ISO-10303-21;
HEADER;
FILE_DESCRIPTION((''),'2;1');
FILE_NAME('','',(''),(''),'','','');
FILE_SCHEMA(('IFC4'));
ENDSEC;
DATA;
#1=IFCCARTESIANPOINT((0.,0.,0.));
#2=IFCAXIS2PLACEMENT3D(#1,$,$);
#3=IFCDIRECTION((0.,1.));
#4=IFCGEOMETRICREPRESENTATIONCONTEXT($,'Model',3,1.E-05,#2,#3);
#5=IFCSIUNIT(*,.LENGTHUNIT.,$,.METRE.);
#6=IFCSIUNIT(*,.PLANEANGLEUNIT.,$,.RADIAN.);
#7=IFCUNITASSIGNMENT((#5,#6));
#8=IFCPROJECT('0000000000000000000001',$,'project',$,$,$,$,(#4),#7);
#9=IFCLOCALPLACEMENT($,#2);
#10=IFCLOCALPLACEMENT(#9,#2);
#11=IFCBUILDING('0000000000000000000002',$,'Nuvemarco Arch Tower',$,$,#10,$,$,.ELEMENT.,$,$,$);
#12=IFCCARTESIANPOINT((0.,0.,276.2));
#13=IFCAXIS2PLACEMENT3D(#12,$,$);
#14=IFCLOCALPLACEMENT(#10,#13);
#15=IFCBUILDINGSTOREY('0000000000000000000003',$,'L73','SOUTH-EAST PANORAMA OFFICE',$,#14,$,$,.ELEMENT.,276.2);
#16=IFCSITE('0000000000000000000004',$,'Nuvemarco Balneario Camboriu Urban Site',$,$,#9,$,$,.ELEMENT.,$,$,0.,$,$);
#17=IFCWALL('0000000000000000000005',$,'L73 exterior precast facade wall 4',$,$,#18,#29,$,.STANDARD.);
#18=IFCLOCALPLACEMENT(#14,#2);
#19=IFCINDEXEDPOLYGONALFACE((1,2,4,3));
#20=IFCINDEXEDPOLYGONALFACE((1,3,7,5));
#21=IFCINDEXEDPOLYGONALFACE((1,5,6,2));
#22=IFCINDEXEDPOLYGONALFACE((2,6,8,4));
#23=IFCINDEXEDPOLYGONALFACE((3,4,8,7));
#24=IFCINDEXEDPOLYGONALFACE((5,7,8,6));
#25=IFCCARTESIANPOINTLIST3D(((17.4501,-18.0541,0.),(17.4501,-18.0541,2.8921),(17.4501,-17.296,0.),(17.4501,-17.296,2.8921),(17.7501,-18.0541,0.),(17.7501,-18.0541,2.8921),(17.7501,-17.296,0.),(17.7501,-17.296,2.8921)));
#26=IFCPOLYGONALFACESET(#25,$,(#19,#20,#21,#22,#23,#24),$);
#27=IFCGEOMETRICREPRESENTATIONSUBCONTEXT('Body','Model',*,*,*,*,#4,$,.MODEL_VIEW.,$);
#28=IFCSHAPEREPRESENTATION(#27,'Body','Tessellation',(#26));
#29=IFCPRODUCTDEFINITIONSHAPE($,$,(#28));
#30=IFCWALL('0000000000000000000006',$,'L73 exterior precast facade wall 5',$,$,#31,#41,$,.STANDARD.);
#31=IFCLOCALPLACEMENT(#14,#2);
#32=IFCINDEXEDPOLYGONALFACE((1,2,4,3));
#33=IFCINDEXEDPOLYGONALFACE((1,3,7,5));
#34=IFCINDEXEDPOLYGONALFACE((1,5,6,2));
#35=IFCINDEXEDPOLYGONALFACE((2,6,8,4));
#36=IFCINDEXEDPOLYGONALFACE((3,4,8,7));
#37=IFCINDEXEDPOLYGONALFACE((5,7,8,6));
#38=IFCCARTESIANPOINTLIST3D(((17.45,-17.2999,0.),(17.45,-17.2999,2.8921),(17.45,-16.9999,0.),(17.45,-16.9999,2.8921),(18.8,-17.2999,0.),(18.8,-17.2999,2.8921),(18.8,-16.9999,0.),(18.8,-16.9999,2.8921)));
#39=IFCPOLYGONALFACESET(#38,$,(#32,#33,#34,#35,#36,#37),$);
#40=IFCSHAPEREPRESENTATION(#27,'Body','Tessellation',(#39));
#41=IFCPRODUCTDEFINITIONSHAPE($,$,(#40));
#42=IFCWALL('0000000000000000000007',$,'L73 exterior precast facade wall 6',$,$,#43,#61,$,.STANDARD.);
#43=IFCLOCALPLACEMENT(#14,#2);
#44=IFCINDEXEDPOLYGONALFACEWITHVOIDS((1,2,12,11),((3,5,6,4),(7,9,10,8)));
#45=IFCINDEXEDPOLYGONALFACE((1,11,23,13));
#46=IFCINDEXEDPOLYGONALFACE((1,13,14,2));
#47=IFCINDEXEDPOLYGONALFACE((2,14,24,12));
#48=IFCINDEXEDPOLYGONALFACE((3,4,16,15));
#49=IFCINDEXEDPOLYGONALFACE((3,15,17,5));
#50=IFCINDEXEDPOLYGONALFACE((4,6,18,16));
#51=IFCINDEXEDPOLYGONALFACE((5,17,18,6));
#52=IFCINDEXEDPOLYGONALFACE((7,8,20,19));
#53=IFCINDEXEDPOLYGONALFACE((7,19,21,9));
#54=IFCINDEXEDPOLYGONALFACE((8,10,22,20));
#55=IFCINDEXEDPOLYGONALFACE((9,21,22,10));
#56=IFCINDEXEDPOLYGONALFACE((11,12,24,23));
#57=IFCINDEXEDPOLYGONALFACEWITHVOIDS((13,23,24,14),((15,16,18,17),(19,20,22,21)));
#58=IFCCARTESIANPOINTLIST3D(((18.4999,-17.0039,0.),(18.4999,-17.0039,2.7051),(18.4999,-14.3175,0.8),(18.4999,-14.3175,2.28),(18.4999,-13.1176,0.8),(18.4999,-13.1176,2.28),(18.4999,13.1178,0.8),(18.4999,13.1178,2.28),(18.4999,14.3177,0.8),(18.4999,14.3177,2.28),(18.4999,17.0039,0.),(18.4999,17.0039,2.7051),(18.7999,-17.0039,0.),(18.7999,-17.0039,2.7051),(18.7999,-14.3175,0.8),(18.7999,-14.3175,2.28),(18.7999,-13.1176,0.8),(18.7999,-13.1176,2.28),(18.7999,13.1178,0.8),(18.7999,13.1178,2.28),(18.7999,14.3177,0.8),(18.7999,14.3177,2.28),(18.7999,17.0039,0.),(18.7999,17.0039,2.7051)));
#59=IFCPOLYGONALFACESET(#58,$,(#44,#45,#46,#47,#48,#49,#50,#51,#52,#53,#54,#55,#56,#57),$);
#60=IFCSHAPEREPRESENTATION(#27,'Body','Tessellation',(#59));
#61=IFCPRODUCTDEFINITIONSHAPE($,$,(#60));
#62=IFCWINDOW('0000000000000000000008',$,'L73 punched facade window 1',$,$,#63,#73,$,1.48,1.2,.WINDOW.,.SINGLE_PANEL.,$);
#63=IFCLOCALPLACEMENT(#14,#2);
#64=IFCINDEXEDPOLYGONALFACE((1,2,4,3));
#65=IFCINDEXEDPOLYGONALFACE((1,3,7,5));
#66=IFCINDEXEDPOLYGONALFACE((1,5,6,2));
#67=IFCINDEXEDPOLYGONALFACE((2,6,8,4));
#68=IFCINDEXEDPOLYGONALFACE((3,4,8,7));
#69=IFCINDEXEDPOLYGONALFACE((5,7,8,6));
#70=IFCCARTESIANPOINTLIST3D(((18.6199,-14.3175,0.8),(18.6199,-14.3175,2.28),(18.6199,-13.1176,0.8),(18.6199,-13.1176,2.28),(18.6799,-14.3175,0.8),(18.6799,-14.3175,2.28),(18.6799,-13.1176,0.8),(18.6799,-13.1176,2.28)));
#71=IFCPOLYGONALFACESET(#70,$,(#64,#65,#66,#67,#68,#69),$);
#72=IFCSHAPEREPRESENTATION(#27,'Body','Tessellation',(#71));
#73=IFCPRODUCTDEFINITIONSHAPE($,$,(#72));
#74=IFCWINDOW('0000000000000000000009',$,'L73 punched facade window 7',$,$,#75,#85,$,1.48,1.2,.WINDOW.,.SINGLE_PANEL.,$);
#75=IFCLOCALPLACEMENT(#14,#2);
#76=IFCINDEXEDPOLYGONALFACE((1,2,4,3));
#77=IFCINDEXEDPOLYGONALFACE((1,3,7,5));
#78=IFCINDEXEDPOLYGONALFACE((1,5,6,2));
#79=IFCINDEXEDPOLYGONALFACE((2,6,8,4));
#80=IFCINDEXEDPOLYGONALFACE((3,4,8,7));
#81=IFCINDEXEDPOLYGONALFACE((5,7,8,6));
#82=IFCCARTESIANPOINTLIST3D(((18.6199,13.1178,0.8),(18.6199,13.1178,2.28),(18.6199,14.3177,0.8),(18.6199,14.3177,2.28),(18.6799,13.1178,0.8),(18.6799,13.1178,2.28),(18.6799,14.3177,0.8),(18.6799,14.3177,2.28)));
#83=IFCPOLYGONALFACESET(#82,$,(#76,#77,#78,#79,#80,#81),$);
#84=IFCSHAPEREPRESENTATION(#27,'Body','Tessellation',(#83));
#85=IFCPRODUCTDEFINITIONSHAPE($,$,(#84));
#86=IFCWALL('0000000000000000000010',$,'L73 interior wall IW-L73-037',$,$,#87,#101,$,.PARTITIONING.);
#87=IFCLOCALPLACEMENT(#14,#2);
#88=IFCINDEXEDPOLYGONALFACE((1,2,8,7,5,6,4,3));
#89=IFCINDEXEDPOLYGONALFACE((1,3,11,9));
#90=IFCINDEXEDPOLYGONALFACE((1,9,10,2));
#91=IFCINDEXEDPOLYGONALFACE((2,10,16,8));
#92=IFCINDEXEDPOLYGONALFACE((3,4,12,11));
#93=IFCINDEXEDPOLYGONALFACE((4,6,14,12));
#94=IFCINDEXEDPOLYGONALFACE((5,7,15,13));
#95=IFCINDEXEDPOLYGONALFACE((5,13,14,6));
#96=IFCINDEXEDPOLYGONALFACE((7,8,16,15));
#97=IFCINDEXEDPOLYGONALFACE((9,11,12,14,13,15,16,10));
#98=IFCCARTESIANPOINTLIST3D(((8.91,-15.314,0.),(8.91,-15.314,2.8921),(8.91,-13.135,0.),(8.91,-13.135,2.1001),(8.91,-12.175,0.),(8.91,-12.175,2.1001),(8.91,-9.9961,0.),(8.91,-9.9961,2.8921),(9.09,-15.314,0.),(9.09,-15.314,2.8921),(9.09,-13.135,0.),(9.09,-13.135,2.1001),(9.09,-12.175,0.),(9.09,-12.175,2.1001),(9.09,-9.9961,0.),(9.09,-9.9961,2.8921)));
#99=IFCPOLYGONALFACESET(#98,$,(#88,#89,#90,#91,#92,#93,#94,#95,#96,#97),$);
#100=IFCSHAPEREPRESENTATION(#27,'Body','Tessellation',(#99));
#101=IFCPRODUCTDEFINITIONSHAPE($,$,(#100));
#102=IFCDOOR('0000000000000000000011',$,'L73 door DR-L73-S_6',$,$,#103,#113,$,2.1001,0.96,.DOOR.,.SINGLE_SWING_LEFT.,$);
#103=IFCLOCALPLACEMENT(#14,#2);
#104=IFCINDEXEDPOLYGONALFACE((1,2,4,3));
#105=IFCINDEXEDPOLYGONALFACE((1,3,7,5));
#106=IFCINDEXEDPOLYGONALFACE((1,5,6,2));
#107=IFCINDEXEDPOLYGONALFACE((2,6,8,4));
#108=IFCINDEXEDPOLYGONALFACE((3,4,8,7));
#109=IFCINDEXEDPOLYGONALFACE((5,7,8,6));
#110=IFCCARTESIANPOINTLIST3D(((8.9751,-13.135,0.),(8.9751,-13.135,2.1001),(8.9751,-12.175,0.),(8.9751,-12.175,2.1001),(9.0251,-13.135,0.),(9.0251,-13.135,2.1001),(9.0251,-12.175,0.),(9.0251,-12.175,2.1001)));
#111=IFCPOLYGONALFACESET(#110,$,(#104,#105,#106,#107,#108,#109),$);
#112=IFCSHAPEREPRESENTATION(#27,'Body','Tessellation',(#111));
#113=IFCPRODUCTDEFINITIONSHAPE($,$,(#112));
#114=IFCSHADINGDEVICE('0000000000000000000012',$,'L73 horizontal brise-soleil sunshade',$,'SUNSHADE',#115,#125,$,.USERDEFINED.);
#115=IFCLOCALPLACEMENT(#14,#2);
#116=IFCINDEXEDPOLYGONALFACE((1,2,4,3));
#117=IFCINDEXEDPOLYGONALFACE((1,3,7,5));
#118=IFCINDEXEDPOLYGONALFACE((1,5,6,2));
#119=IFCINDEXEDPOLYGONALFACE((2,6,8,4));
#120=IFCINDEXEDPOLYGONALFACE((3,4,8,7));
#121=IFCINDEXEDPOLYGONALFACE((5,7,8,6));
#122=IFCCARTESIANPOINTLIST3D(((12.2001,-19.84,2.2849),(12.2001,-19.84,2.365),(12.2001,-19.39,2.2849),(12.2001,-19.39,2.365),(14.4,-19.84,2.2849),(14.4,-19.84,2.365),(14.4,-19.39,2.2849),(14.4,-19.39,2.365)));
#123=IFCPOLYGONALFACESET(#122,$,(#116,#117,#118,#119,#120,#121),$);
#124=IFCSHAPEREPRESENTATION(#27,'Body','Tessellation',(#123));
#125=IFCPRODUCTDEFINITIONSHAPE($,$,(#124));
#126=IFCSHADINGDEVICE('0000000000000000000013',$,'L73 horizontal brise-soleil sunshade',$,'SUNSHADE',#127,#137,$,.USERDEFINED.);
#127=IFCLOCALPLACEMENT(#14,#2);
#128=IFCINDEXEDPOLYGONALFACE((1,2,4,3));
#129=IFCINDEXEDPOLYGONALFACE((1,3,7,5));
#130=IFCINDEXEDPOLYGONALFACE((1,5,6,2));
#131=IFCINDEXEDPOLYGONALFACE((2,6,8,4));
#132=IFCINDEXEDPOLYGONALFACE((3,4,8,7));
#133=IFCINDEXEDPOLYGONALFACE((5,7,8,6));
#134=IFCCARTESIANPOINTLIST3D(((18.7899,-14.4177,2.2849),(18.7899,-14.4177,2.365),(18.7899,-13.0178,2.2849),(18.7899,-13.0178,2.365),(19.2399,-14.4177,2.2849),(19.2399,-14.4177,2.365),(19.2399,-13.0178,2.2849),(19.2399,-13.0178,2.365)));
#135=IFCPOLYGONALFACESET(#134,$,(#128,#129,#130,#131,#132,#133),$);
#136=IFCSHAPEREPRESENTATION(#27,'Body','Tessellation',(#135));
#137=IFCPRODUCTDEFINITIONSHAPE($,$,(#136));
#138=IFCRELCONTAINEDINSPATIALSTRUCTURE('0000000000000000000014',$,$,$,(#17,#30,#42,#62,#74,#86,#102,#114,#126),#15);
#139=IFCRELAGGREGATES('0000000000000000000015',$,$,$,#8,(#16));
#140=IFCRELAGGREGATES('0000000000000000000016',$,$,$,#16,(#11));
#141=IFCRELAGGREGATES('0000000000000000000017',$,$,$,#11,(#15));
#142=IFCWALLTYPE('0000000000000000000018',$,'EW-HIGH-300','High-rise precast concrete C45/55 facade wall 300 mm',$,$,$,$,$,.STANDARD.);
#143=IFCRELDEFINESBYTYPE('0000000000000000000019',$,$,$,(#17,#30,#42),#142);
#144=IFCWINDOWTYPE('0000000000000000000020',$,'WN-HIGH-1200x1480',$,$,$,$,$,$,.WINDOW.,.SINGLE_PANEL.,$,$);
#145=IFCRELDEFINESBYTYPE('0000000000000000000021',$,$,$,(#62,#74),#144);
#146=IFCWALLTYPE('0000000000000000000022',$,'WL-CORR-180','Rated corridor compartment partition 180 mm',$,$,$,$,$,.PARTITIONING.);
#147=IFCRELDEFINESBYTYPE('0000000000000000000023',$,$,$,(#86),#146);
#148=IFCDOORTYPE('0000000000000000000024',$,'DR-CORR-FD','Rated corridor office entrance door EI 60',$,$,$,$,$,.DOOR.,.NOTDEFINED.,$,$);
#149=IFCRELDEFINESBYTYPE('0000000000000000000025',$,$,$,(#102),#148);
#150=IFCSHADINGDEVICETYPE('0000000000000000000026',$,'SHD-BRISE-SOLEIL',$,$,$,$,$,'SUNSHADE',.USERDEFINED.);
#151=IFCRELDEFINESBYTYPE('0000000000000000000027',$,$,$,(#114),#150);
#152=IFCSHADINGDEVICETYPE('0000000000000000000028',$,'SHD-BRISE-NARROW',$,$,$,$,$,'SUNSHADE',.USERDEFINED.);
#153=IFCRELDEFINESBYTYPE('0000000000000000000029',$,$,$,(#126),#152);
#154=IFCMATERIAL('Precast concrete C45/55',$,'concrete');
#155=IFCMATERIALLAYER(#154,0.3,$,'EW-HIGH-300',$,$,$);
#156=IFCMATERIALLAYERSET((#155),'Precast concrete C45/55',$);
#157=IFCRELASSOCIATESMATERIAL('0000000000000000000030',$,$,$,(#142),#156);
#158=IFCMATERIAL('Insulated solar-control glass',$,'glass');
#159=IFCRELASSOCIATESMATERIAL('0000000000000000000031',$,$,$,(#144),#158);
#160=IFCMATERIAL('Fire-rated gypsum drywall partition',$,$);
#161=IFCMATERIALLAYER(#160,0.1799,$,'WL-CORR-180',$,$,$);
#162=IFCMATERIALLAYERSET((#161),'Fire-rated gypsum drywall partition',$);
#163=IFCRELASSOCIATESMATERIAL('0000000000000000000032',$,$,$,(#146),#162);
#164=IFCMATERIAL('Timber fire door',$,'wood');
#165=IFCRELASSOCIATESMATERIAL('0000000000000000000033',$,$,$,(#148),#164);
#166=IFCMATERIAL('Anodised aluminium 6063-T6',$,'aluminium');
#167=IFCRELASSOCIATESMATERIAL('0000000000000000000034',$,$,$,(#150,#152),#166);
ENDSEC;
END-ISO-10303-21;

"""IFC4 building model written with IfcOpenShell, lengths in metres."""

from ifc_helpers import new_model, si_unit, direction, frame, frame_2d, origin, origin_2d, place, context, subcontext, project, spatial, rectangle, extrude, source, transform, mapped, material, layer, layer_set, type_object, type_shapes, element, fill, save


model = new_model("IFC4")

# Units and contexts
model_context = context("Model", 3, precision=1e-05, world=origin(), true_north=direction((0.0, 1.0)))
body_context = subcontext(model_context, "Body", "Model", "MODEL_VIEW")
ifc_project = project(units=[si_unit("LENGTHUNIT", "METRE"), si_unit("PLANEANGLEUNIT", "RADIAN")], contexts=[model_context])

# Site, building, storey
site_placement = place(None, origin())
site = spatial("IfcSite", under=ifc_project, at=site_placement, Name="Nuvemarco Balneario Camboriu Urban Site", CompositionType="ELEMENT", RefElevation=0.0)
building_placement = place(site_placement, origin())
building = spatial("IfcBuilding", under=site, at=building_placement, Name="Nuvemarco Arch Tower", CompositionType="ELEMENT")
storey_placement = place(building_placement, frame((0.0, 0.0, 276.2)))
storey = spatial("IfcBuildingStorey", under=building, at=storey_placement, Name="L73", Description="SOUTH-EAST PANORAMA OFFICE", CompositionType="ELEMENT", Elevation=276.2)

# Shared definitions
ifc_material_1 = material(Name="Precast concrete C45/55", Category="concrete")

# Walls
ifc_layer_1 = layer(ifc_material_1, 0.3, Name="EW-HIGH-300")
ifc_layer_set_1 = layer_set([ifc_layer_1], Name="Precast concrete C45/55")
wall_type_1 = type_object("IfcWallType", Name="EW-HIGH-300", Description="High-rise precast concrete C45/55 facade wall 300 mm", PredefinedType="STANDARD", material=ifc_layer_set_1)
wall_1_placement = place(storey_placement, frame((17.6001, -18.054, 0.0), z_axis=(0.0, 0.0, 1.0), x_axis=(0.0, 1.0, 0.0)))
element("IfcWall", 1, at=wall_1_placement, inside=storey, type_object=wall_type_1, Name="L73 exterior precast facade wall 4", PredefinedType="STANDARD", context=body_context, shape_type="SweptSolid", body=[
    extrude(rectangle(XDim=0.7581, YDim=0.3, at=frame_2d((0.3789, 0.0))), origin(), (0.0, 0.0, 1.0), 2.8921),
])
wall_2_placement = place(storey_placement, frame((17.45, -17.1499, 0.0), z_axis=(0.0, 0.0, 1.0), x_axis=(1.0, 0.0, 0.0)))
element("IfcWall", 2, at=wall_2_placement, inside=storey, type_object=wall_type_1, Name="L73 exterior precast facade wall 5", PredefinedType="STANDARD", context=body_context, shape_type="SweptSolid", body=[
    extrude(rectangle(XDim=1.3501, YDim=0.3, at=frame_2d((0.675, 0.0))), origin(), (0.0, 0.0, 1.0), 2.8921),
])

# Wall, openings, windows
wall_3_placement = place(storey_placement, frame((18.6499, -17.0039, 0.0), z_axis=(0.0, 0.0, 1.0), x_axis=(0.0, 1.0, 0.0)))
wall_3 = element("IfcWall", 3, at=wall_3_placement, inside=storey, type_object=wall_type_1, Name="L73 exterior precast facade wall 6", PredefinedType="STANDARD", context=body_context, shape_type="SweptSolid", body=[
    extrude(rectangle(XDim=34.0078, YDim=0.3, at=frame_2d((17.0039, 0.0))), origin(), (0.0, 0.0, 1.0), 2.7051),
])
opening_1_placement = place(wall_3_placement, frame((2.6863, 0.0, 0.8)))
opening_1 = element("IfcOpeningElement", 4, at=opening_1_placement, cuts=wall_3, PredefinedType="OPENING", context=body_context, shape_type="SweptSolid", body=[
    extrude(rectangle(XDim=1.2, YDim=1.48, at=frame_2d((0.6001, 0.74))), frame((0.0, 0.1599, 0.0), z_axis=(0.0, -1.0, 0.0), x_axis=(1.0, 0.0, 0.0)), (0.0, 0.0, 1.0), 0.3201),
])
opening_2_placement = place(wall_3_placement, frame((30.1216, 0.0, 0.8)))
opening_2 = element("IfcOpeningElement", 5, at=opening_2_placement, cuts=wall_3, PredefinedType="OPENING", context=body_context, shape_type="SweptSolid", body=[
    extrude(rectangle(XDim=1.2, YDim=1.48, at=frame_2d((0.6001, 0.74))), frame((0.0, 0.1599, 0.0), z_axis=(0.0, -1.0, 0.0), x_axis=(1.0, 0.0, 0.0)), (0.0, 0.0, 1.0), 0.3201),
])
ifc_material_2 = material(Name="Insulated solar-control glass", Category="glass")
window_type = type_object("IfcWindowType", Name="WN-HIGH-1200x1480", PartitioningType="SINGLE_PANEL", PredefinedType="WINDOW", material=ifc_material_2)
shared_shape_1 = source(origin(), body_context, "Body", "SweptSolid", [
    extrude(rectangle(XDim=1.2, YDim=1.48, at=frame_2d((0.6001, 0.74))), frame((0.0, 0.03, 0.0), z_axis=(0.0, -1.0, 0.0), x_axis=(1.0, 0.0, 0.0)), (0.0, 0.0, 1.0), 0.0601),
])
type_shapes(window_type, [shared_shape_1])
window_1_placement = place(opening_1_placement, origin())
window_1 = element("IfcWindow", 6, at=window_1_placement, inside=storey, type_object=window_type, Name="L73 punched facade window 1", OverallHeight=1.48, OverallWidth=1.2, PartitioningType="SINGLE_PANEL", PredefinedType="WINDOW", context=body_context, shape_type="MappedRepresentation", body=[
    mapped(shared_shape_1, transform((0.0, 0.0, 0.0), scale=1.0)),
])
fill(opening_1, window_1)
window_2_placement = place(opening_2_placement, origin())
window_2 = element("IfcWindow", 7, at=window_2_placement, inside=storey, type_object=window_type, Name="L73 punched facade window 7", OverallHeight=1.48, OverallWidth=1.2, PartitioningType="SINGLE_PANEL", PredefinedType="WINDOW", context=body_context, shape_type="MappedRepresentation", body=[
    mapped(shared_shape_1, transform((0.0, 0.0, 0.0), scale=1.0)),
])
fill(opening_2, window_2)

# Wall, opening, door
ifc_material_3 = material(Name="Fire-rated gypsum drywall partition")
ifc_layer_2 = layer(ifc_material_3, 0.1799, Name="WL-CORR-180")
ifc_layer_set_2 = layer_set([ifc_layer_2], Name="Fire-rated gypsum drywall partition")
wall_type_2 = type_object("IfcWallType", Name="WL-CORR-180", Description="Rated corridor compartment partition 180 mm", PredefinedType="PARTITIONING", material=ifc_layer_set_2)
wall_4_placement = place(storey_placement, frame((9.0, -15.314, 0.0), z_axis=(0.0, 0.0, 1.0), x_axis=(0.0, 1.0, 0.0)))
wall_4 = element("IfcWall", 8, at=wall_4_placement, inside=storey, type_object=wall_type_2, Name="L73 interior wall IW-L73-037", PredefinedType="PARTITIONING", context=body_context, shape_type="SweptSolid", body=[
    extrude(rectangle(XDim=5.3179, YDim=0.1799, at=frame_2d((2.6589, 0.0))), origin(), (0.0, 0.0, 1.0), 2.8921),
])
opening_3_placement = place(wall_4_placement, frame((2.179, 0.0, 0.0)))
opening_3 = element("IfcOpeningElement", 9, at=opening_3_placement, cuts=wall_4, PredefinedType="OPENING", context=body_context, shape_type="SweptSolid", body=[
    extrude(rectangle(XDim=0.96, YDim=2.1001, at=frame_2d((0.48, 1.05))), frame((0.0, 0.0999, 0.0), z_axis=(0.0, -1.0, 0.0), x_axis=(1.0, 0.0, 0.0)), (0.0, 0.0, 1.0), 0.2),
])
ifc_material_4 = material(Name="Timber fire door", Category="wood")
door_type = type_object("IfcDoorType", Name="DR-CORR-FD", Description="Rated corridor office entrance door EI 60", OperationType="NOTDEFINED", PredefinedType="DOOR", material=ifc_material_4)
shared_shape_2 = source(origin(), body_context, "Body", "SweptSolid", [
    extrude(rectangle(XDim=0.96, YDim=2.1001, at=frame_2d((0.48, 1.05))), frame((0.0, 0.0249, 0.0), z_axis=(0.0, -1.0, 0.0), x_axis=(1.0, 0.0, 0.0)), (0.0, 0.0, 1.0), 0.05),
])
type_shapes(door_type, [shared_shape_2])
door_placement = place(opening_3_placement, origin())
door = element("IfcDoor", 10, at=door_placement, inside=storey, type_object=door_type, Name="L73 door DR-L73-S_6", OperationType="SINGLE_SWING_LEFT", OverallHeight=2.1001, OverallWidth=0.96, PredefinedType="DOOR", context=body_context, shape_type="MappedRepresentation", body=[
    mapped(shared_shape_2, transform((0.0, 0.0, 0.0), scale=1.0)),
])
fill(opening_3, door)

# Shading devices
ifc_material_5 = material(Name="Anodised aluminium 6063-T6", Category="aluminium")
shading_device_type_1 = type_object("IfcShadingDeviceType", Name="SHD-BRISE-SOLEIL", ElementType="SUNSHADE", PredefinedType="USERDEFINED", material=ifc_material_5)
shared_shape_3 = source(origin(), body_context, "Body", "SweptSolid", [
    extrude(rectangle(XDim=2.2, YDim=0.45, at=origin_2d()), origin(), (0.0, 0.0, 1.0), 0.0801),
])
type_shapes(shading_device_type_1, [shared_shape_3])
shading_device_1_placement = place(storey_placement, frame((13.3, -19.615, 2.2849), z_axis=(0.0, 0.0, 1.0), x_axis=(1.0, 0.0, 0.0)))
element("IfcShadingDevice", 11, at=shading_device_1_placement, inside=storey, type_object=shading_device_type_1, Name="L73 horizontal brise-soleil sunshade", ObjectType="SUNSHADE", PredefinedType="USERDEFINED", context=body_context, shape_type="MappedRepresentation", body=[
    mapped(shared_shape_3, transform((0.0, 0.0, 0.0), scale=1.0)),
])
shading_device_type_2 = type_object("IfcShadingDeviceType", Name="SHD-BRISE-NARROW", ElementType="SUNSHADE", PredefinedType="USERDEFINED", material=ifc_material_5)
shared_shape_4 = source(origin(), body_context, "Body", "SweptSolid", [
    extrude(rectangle(XDim=1.3999, YDim=0.45, at=origin_2d()), origin(), (0.0, 0.0, 1.0), 0.0801),
])
type_shapes(shading_device_type_2, [shared_shape_4])
shading_device_2_placement = place(storey_placement, frame((19.0149, -13.7178, 2.2849), z_axis=(0.0, 0.0, 1.0), x_axis=(0.0, 1.0, 0.0)))
element("IfcShadingDevice", 12, at=shading_device_2_placement, inside=storey, type_object=shading_device_type_2, Name="L73 horizontal brise-soleil sunshade", ObjectType="SUNSHADE", PredefinedType="USERDEFINED", context=body_context, shape_type="MappedRepresentation", body=[
    mapped(shared_shape_4, transform((0.0, 0.0, 0.0), scale=1.0)),
])

save(model, "model.ifc")
